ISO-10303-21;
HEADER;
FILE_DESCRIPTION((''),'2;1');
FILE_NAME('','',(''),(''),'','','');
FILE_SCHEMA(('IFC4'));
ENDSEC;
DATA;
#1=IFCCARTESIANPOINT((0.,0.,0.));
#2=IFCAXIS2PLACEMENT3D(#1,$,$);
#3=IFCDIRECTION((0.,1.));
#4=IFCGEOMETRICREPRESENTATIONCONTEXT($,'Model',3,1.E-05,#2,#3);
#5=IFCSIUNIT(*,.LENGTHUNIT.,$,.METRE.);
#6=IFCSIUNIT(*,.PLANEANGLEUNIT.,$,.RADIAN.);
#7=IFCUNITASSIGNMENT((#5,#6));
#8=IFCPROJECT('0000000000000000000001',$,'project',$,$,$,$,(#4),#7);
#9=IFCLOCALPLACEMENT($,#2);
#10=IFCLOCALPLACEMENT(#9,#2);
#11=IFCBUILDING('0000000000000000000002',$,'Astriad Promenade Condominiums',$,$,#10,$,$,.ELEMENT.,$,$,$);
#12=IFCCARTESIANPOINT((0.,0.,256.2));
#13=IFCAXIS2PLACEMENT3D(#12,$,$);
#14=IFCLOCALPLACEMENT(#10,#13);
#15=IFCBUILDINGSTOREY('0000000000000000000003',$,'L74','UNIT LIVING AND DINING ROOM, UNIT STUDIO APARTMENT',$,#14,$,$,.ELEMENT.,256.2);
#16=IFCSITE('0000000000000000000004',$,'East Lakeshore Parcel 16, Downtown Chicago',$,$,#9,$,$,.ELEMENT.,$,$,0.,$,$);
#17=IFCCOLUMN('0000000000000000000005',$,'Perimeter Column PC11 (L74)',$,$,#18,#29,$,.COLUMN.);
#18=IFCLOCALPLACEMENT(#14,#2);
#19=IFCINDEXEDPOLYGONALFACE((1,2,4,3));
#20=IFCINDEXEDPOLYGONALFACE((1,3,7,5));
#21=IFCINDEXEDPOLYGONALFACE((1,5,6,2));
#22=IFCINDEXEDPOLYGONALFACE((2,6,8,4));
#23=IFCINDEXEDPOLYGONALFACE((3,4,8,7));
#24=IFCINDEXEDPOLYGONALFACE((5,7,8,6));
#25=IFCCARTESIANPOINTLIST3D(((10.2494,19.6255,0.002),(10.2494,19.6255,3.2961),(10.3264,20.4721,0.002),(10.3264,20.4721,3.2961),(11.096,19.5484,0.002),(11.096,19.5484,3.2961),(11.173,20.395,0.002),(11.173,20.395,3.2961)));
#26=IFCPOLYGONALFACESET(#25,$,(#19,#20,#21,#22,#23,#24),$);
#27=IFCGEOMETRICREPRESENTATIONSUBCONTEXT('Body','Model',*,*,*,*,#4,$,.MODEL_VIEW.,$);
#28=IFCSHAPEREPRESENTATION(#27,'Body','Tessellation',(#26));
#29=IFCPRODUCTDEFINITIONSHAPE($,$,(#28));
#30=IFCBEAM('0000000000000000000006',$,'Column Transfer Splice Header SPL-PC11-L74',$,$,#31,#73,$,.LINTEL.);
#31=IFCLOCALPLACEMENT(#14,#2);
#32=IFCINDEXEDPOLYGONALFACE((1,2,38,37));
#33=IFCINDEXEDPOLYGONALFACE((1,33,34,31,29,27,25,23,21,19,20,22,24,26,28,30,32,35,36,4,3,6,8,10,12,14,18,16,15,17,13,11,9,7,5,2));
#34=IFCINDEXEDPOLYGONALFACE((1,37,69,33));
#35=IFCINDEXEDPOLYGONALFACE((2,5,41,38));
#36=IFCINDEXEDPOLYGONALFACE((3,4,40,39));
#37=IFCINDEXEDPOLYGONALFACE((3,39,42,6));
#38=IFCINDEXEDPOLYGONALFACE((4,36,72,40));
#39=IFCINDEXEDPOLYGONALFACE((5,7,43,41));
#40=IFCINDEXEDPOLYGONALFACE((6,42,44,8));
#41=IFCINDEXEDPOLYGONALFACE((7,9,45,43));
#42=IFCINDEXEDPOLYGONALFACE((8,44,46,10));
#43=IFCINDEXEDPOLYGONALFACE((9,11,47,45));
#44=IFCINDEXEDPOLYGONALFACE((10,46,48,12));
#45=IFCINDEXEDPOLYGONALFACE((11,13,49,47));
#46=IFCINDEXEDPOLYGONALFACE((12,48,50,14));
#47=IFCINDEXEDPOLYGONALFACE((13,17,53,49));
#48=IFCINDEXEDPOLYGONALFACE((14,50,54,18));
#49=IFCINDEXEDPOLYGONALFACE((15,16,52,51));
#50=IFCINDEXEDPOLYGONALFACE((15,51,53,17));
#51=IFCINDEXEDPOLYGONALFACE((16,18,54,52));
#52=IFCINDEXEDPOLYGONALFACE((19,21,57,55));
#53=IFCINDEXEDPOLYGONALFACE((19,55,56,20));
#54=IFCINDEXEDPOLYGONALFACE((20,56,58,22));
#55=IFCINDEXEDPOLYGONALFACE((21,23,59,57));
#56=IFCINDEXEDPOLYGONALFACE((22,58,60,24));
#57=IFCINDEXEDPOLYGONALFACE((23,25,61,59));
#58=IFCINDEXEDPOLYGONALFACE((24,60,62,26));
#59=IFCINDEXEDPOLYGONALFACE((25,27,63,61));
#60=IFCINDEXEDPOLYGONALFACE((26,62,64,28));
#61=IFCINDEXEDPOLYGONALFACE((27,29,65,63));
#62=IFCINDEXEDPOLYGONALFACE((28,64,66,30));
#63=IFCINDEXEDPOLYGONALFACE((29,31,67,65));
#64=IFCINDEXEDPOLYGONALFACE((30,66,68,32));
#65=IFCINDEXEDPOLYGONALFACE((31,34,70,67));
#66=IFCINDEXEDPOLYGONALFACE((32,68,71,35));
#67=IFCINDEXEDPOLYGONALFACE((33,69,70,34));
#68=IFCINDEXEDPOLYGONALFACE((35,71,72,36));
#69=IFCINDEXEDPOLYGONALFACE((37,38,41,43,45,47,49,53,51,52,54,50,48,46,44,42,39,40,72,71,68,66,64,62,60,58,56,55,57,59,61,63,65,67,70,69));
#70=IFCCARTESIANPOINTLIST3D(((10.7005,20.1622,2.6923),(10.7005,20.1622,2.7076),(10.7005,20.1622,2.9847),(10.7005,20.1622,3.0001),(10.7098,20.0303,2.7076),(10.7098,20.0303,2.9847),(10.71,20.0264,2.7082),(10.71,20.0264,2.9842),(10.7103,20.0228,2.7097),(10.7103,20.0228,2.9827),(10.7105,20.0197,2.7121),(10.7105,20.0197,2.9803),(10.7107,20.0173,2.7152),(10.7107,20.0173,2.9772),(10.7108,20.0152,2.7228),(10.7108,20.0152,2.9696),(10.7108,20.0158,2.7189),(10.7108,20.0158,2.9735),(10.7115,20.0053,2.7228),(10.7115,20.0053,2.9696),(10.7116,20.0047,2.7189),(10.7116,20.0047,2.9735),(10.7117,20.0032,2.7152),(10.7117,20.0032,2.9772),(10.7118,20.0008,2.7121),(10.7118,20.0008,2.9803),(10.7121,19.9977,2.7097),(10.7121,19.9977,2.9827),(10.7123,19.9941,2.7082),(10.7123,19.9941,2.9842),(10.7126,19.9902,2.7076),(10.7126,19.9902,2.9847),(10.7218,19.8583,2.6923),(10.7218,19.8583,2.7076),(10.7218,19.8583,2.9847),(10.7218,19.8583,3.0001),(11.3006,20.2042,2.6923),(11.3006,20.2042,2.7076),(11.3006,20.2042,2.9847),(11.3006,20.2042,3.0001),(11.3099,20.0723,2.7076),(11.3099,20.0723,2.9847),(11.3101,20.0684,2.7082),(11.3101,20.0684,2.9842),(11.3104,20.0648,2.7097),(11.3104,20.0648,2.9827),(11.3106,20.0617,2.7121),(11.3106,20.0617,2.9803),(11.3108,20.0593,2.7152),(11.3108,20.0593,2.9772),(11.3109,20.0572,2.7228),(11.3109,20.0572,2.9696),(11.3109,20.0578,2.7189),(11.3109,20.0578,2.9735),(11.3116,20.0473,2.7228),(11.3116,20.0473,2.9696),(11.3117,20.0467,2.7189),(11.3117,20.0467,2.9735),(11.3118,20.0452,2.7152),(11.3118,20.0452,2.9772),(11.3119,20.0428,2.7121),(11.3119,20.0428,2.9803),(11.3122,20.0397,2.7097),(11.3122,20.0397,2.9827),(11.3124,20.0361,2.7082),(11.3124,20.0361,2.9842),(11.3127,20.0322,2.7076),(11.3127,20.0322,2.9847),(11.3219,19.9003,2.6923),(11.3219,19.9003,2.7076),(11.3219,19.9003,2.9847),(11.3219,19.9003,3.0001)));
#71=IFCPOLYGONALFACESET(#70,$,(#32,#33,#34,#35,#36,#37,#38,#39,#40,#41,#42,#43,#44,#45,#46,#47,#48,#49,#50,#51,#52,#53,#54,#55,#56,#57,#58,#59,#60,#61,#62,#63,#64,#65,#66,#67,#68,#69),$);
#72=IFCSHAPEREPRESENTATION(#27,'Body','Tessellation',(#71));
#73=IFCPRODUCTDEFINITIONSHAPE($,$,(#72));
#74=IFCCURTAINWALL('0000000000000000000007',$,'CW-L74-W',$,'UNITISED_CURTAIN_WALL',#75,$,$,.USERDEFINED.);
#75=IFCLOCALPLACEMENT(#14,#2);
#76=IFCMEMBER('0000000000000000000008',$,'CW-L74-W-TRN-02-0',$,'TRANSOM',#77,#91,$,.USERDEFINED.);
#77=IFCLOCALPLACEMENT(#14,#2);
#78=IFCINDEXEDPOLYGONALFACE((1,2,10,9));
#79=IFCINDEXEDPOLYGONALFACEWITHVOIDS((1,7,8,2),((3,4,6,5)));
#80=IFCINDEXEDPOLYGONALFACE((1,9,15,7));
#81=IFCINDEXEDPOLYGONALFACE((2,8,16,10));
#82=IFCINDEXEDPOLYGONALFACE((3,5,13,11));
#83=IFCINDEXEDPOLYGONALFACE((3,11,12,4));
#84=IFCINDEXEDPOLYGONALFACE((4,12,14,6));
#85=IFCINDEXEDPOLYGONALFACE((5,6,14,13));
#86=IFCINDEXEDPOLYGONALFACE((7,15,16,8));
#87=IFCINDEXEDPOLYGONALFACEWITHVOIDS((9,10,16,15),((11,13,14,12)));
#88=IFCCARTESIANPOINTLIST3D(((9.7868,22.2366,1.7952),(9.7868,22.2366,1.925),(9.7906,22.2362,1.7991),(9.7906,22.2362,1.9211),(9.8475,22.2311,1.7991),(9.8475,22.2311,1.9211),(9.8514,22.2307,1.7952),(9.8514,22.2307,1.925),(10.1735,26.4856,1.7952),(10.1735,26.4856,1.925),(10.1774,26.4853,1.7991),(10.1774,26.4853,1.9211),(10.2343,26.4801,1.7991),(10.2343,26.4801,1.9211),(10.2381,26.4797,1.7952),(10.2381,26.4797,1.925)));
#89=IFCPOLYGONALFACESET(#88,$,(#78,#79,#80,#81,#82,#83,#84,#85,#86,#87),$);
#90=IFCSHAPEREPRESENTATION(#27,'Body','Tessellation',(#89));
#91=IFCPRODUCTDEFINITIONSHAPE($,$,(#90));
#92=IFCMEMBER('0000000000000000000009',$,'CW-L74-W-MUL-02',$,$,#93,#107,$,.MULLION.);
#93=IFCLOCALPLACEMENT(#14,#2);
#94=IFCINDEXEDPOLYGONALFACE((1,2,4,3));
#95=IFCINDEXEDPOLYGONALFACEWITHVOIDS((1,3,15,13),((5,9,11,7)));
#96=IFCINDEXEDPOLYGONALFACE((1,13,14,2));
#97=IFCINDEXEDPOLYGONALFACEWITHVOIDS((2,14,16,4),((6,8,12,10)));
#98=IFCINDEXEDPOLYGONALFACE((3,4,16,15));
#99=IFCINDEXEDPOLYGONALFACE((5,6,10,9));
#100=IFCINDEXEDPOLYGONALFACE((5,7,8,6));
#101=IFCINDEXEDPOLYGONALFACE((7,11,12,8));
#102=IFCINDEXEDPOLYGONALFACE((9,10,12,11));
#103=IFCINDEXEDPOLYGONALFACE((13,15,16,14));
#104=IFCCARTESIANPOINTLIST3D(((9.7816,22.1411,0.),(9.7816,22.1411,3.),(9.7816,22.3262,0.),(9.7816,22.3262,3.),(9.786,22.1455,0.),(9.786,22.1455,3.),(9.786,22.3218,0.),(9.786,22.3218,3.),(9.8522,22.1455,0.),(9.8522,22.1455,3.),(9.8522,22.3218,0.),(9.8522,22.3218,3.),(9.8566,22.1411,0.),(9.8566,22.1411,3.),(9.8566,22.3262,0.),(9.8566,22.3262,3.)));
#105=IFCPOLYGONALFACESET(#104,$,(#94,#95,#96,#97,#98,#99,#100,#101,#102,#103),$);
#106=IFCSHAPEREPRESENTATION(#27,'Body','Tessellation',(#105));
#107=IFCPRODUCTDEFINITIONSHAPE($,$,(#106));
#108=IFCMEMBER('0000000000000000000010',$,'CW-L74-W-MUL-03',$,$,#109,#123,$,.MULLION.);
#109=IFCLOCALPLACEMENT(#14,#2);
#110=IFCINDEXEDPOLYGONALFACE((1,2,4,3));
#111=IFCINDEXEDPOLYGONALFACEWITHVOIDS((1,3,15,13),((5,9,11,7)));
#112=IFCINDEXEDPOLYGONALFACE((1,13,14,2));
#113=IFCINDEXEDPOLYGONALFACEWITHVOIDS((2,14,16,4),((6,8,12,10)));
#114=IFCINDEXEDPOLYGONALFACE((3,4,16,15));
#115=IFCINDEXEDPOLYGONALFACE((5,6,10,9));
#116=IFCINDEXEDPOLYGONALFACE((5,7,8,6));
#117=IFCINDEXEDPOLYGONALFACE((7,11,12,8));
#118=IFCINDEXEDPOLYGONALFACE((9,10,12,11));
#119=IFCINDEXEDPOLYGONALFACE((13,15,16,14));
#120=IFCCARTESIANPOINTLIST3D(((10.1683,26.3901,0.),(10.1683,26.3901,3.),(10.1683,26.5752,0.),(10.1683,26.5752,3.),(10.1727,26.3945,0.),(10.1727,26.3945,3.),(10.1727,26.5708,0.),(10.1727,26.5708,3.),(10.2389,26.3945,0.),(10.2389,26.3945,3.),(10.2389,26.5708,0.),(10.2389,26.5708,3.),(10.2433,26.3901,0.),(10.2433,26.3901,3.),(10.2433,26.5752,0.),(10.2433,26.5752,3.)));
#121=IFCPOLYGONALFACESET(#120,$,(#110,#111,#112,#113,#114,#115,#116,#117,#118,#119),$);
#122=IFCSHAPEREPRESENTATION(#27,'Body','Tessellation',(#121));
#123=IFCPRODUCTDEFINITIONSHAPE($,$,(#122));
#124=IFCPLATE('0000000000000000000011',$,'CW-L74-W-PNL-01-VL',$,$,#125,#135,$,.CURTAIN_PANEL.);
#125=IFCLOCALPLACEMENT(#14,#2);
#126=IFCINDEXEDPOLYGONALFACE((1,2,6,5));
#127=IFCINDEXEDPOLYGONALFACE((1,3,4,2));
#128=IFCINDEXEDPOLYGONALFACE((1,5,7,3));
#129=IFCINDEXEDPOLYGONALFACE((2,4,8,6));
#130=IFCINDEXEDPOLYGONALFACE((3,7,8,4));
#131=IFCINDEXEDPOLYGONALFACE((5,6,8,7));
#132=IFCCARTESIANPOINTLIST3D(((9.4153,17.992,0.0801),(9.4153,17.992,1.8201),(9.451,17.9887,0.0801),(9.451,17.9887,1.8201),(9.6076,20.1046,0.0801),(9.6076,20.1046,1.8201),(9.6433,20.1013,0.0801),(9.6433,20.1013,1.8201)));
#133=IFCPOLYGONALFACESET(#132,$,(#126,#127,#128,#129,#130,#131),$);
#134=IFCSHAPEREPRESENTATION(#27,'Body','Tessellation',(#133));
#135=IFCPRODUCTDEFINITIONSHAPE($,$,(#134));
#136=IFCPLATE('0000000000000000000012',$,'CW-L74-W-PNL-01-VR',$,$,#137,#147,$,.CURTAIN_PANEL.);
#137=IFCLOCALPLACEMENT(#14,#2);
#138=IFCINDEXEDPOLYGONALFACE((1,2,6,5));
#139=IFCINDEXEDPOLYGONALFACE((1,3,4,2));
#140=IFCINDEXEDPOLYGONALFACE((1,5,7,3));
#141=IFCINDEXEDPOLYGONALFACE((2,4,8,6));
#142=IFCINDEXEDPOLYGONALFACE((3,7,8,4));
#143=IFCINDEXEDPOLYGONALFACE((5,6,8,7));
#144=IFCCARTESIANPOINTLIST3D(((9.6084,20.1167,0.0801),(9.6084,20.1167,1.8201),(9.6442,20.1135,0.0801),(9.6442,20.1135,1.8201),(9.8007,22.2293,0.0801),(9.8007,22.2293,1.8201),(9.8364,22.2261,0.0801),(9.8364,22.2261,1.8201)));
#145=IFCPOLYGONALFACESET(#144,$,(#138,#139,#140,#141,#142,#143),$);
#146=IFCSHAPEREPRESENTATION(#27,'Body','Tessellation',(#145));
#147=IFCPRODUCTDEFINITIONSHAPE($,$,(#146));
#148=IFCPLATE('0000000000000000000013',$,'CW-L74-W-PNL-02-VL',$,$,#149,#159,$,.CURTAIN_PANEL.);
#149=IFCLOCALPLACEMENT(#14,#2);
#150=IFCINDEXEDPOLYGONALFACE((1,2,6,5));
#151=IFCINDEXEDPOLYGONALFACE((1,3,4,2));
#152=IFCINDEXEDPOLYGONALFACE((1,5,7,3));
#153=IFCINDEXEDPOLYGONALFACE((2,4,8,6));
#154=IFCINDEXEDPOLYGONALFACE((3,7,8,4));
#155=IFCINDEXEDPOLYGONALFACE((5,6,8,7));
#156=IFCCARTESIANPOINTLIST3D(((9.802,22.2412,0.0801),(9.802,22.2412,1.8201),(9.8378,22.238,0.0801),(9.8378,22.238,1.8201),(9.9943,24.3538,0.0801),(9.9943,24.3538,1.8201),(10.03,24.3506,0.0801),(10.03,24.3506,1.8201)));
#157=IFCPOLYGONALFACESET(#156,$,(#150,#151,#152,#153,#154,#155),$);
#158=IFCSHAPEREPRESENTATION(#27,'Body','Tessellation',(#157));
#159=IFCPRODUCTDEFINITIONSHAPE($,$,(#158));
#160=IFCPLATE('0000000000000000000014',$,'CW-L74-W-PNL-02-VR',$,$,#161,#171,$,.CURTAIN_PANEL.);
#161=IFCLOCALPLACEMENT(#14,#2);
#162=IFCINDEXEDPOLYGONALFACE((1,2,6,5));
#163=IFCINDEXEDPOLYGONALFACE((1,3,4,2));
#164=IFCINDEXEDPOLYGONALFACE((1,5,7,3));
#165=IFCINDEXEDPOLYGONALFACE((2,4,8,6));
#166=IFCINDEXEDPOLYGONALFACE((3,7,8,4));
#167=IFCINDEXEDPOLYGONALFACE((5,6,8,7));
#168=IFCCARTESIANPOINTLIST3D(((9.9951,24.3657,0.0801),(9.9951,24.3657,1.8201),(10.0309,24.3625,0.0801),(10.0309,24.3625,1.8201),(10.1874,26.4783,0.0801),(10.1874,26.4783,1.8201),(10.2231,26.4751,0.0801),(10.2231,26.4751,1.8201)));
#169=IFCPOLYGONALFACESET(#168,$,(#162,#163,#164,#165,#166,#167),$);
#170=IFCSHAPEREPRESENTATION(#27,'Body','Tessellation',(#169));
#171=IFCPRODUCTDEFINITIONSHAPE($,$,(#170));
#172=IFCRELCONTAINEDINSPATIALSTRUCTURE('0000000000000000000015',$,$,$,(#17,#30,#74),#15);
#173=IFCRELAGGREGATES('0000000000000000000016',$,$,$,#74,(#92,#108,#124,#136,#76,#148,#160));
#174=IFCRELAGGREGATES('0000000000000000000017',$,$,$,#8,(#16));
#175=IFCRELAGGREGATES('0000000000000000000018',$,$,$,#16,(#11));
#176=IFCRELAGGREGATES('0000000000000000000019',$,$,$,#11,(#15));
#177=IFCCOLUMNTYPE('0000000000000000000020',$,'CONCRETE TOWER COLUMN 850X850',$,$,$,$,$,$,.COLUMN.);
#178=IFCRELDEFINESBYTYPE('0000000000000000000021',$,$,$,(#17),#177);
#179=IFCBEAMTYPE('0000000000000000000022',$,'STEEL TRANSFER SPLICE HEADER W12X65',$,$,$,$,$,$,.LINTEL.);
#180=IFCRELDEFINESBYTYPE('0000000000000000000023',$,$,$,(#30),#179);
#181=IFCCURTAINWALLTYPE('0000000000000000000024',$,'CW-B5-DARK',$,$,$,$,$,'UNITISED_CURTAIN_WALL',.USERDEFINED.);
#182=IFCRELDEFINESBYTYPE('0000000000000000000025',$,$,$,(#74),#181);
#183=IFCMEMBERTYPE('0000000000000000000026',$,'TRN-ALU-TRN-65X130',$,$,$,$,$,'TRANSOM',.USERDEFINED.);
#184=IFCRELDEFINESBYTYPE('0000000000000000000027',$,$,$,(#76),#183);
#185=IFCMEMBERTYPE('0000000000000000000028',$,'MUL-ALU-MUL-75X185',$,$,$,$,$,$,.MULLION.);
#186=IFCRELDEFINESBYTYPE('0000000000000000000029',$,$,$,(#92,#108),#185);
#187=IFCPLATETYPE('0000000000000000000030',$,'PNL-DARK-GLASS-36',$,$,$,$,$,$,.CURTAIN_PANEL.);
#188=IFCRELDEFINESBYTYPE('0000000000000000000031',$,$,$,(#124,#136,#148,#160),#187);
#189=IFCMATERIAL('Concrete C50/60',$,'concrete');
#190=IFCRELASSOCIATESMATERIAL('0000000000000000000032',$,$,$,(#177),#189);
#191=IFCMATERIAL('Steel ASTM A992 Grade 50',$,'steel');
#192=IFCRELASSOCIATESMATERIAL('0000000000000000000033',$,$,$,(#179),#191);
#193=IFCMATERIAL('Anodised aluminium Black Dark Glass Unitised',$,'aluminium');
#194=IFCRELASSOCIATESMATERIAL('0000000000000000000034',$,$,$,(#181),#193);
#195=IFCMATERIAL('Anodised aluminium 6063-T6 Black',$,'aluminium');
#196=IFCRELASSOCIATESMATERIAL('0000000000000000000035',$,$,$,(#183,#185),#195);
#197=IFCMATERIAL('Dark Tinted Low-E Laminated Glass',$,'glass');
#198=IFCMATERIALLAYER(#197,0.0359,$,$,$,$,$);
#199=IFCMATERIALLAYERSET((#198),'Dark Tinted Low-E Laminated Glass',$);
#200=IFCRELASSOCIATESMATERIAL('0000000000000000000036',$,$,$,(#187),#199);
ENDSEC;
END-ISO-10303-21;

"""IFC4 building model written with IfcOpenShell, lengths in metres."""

from ifc_helpers import new_model, si_unit, direction, frame, origin, origin_2d, place, context, subcontext, project, spatial, rectangle, hollow_rectangle, i_section, extrude, source, transform, mapped, material, layer, layer_set, material_profile, profile_set, type_object, type_shapes, element, aggregate, save


model = new_model("IFC4")

# Units and contexts
model_context = context("Model", 3, precision=1e-05, world=origin(), true_north=direction((0.0, 1.0)))
body_context = subcontext(model_context, "Body", "Model", "MODEL_VIEW")
ifc_project = project(units=[si_unit("LENGTHUNIT", "METRE"), si_unit("PLANEANGLEUNIT", "RADIAN")], contexts=[model_context])

# Site, building, storey
site_placement = place(None, origin())
site = spatial("IfcSite", under=ifc_project, at=site_placement, Name="East Lakeshore Parcel 16, Downtown Chicago", CompositionType="ELEMENT", RefElevation=0.0)
building_placement = place(site_placement, origin())
building = spatial("IfcBuilding", under=site, at=building_placement, Name="Astriad Promenade Condominiums", CompositionType="ELEMENT")
storey_placement = place(building_placement, frame((0.0, 0.0, 256.2)))
storey = spatial("IfcBuildingStorey", under=building, at=storey_placement, Name="L74", Description="UNIT LIVING AND DINING ROOM, UNIT STUDIO APARTMENT", CompositionType="ELEMENT", Elevation=256.2)

# Column
ifc_material_1 = material(Name="Concrete C50/60", Category="concrete")
ifc_material_profile_1 = material_profile(ifc_material_1, rectangle(XDim=0.8501, YDim=0.8501, at=origin_2d()), Name="RC-COL-850X850")
ifc_profile_set_1 = profile_set([ifc_material_profile_1], Name="Concrete C50/60")
column_type = type_object("IfcColumnType", Name="CONCRETE TOWER COLUMN 850X850", PredefinedType="COLUMN", material=ifc_profile_set_1)
shared_shape_1 = source(origin(), body_context, "Body", "SweptSolid", [
    extrude(rectangle(XDim=0.8501, YDim=0.8501, at=origin_2d()), origin(), (0.0, 0.0, 1.0), 3.2942),
])
type_shapes(column_type, [shared_shape_1])
column_placement = place(storey_placement, frame((10.7112, 20.0103, 0.002), z_axis=(0.0, 0.0, 1.0), x_axis=(0.995884, -0.090633, 0.0)))
element("IfcColumn", 1, at=column_placement, inside=storey, type_object=column_type, Name="Perimeter Column PC11 (L74)", PredefinedType="COLUMN", context=body_context, shape_type="MappedRepresentation", body=[
    mapped(shared_shape_1, transform((0.0, 0.0, 0.0), scale=1.0)),
])

# Beam
ifc_material_2 = material(Name="Steel ASTM A992 Grade 50", Category="steel")
ifc_material_profile_2 = material_profile(ifc_material_2, i_section(OverallWidth=0.3047, OverallDepth=0.3079, WebThickness=0.01, FlangeThickness=0.0154, FilletRadius=0.0151, at=origin_2d()), Name="W12X65")
ifc_profile_set_2 = profile_set([ifc_material_profile_2], Name="Steel ASTM A992 Grade 50")
beam_type = type_object("IfcBeamType", Name="STEEL TRANSFER SPLICE HEADER W12X65", PredefinedType="LINTEL", material=ifc_profile_set_2)
shared_shape_2 = source(origin(), body_context, "Body", "SweptSolid", [
    extrude(i_section(OverallWidth=0.3047, OverallDepth=0.3079, WebThickness=0.01, FlangeThickness=0.0154, FilletRadius=0.0151, at=origin_2d()), origin(), (0.0, 0.0, 1.0), 0.6016),
])
type_shapes(beam_type, [shared_shape_2])
beam_placement = place(storey_placement, frame((10.7112, 20.0103, 2.8462), z_axis=(0.997561, 0.069805, 0.0), x_axis=(-0.069805, 0.997561, 0.0)))
element("IfcBeam", 2, at=beam_placement, inside=storey, type_object=beam_type, Name="Column Transfer Splice Header SPL-PC11-L74", PredefinedType="LINTEL", context=body_context, shape_type="MappedRepresentation", body=[
    mapped(shared_shape_2, transform((0.0, 0.0, 0.0), scale=1.0)),
])

# Curtain wall, members, plates
ifc_material_3 = material(Name="Anodised aluminium Black Dark Glass Unitised", Category="aluminium")
curtain_wall_type = type_object("IfcCurtainWallType", Name="CW-B5-DARK", ElementType="UNITISED_CURTAIN_WALL", PredefinedType="USERDEFINED", material=ifc_material_3)
curtain_wall_placement = place(storey_placement, origin())
curtain_wall = element("IfcCurtainWall", 3, at=curtain_wall_placement, inside=storey, type_object=curtain_wall_type, Name="CW-L74-W", ObjectType="UNITISED_CURTAIN_WALL", PredefinedType="USERDEFINED")
ifc_material_4 = material(Name="Anodised aluminium 6063-T6 Black", Category="aluminium")
ifc_material_profile_3 = material_profile(ifc_material_4, hollow_rectangle(XDim=0.0649, YDim=0.1299, WallThickness=0.0039, at=origin_2d()), Name="ALU-TRN-65X130")
ifc_profile_set_3 = profile_set([ifc_material_profile_3], Name="Anodised aluminium 6063-T6 Black")
member_type_1 = type_object("IfcMemberType", Name="TRN-ALU-TRN-65X130", ElementType="TRANSOM", PredefinedType="USERDEFINED", material=ifc_profile_set_3)
shared_shape_3 = source(origin(), body_context, "Body", "SweptSolid", [
    extrude(hollow_rectangle(XDim=0.0649, YDim=0.1299, WallThickness=0.0039, at=origin_2d()), origin(), (0.0, 0.0, 1.0), 4.2666),
])
type_shapes(member_type_1, [shared_shape_3])
member_1_placement = place(storey_placement, frame((9.8191, 22.2336, 1.8601), z_axis=(0.090639, 0.995884, 0.0), x_axis=(-0.995884, 0.090639, 0.0)))
member_1 = element("IfcMember", 4, at=member_1_placement, type_object=member_type_1, Name="CW-L74-W-TRN-02-0", ObjectType="TRANSOM", PredefinedType="USERDEFINED", context=body_context, shape_type="MappedRepresentation", body=[
    mapped(shared_shape_3, transform((0.0, 0.0, 0.0), scale=1.0)),
])
ifc_material_profile_4 = material_profile(ifc_material_4, hollow_rectangle(XDim=0.075, YDim=0.1851, WallThickness=0.0044, at=origin_2d()), Name="ALU-MUL-75X185")
ifc_profile_set_4 = profile_set([ifc_material_profile_4], Name="Anodised aluminium 6063-T6 Black")
member_type_2 = type_object("IfcMemberType", Name="MUL-ALU-MUL-75X185", PredefinedType="MULLION", material=ifc_profile_set_4)
shared_shape_4 = source(origin(), body_context, "Body", "SweptSolid", [
    extrude(hollow_rectangle(XDim=0.075, YDim=0.1851, WallThickness=0.0044, at=origin_2d()), origin(), (0.0, 0.0, 1.0), 3.0),
])
type_shapes(member_type_2, [shared_shape_4])
member_2_placement = place(storey_placement, frame((9.8191, 22.2336, 0.0), z_axis=(0.0, 0.0, 1.0), x_axis=(1.0, 0.0, 0.0)))
member_2 = element("IfcMember", 5, at=member_2_placement, type_object=member_type_2, Name="CW-L74-W-MUL-02", PredefinedType="MULLION", context=body_context, shape_type="MappedRepresentation", body=[
    mapped(shared_shape_4, transform((0.0, 0.0, 0.0), scale=1.0)),
])
member_3_placement = place(storey_placement, frame((10.2058, 26.4827, 0.0), z_axis=(0.0, 0.0, 1.0), x_axis=(1.0, 0.0, 0.0)))
member_3 = element("IfcMember", 6, at=member_3_placement, type_object=member_type_2, Name="CW-L74-W-MUL-03", PredefinedType="MULLION", context=body_context, shape_type="MappedRepresentation", body=[
    mapped(shared_shape_4, transform((0.0, 0.0, 0.0), scale=1.0)),
])
ifc_material_5 = material(Name="Dark Tinted Low-E Laminated Glass", Category="glass")
ifc_layer_1 = layer(ifc_material_5, 0.0359)
ifc_layer_set_1 = layer_set([ifc_layer_1], Name="Dark Tinted Low-E Laminated Glass")
plate_type = type_object("IfcPlateType", Name="PNL-DARK-GLASS-36", PredefinedType="CURTAIN_PANEL", material=ifc_layer_set_1)
shared_shape_5 = source(origin(), body_context, "Body", "SweptSolid", [
    extrude(rectangle(XDim=2.1213, YDim=0.0359, at=origin_2d()), origin(), (0.0, 0.0, 1.0), 1.74),
])
plate_1_placement = place(storey_placement, frame((9.5293, 19.0466, 0.0801), z_axis=(0.0, 0.0, 1.0), x_axis=(0.090633, 0.995884, 0.0)))
plate_1 = element("IfcPlate", 7, at=plate_1_placement, type_object=plate_type, Name="CW-L74-W-PNL-01-VL", PredefinedType="CURTAIN_PANEL", context=body_context, shape_type="MappedRepresentation", body=[
    mapped(shared_shape_5, transform((0.0, 0.0, 0.0), scale=1.0)),
])
plate_2_placement = place(storey_placement, frame((9.7224, 21.1714, 0.0801), z_axis=(0.0, 0.0, 1.0), x_axis=(0.090633, 0.995884, 0.0)))
plate_2 = element("IfcPlate", 8, at=plate_2_placement, type_object=plate_type, Name="CW-L74-W-PNL-01-VR", PredefinedType="CURTAIN_PANEL", context=body_context, shape_type="MappedRepresentation", body=[
    mapped(shared_shape_5, transform((0.0, 0.0, 0.0), scale=1.0)),
])
plate_3_placement = place(storey_placement, frame((9.916, 23.2959, 0.0801), z_axis=(0.0, 0.0, 1.0), x_axis=(0.090633, 0.995884, 0.0)))
plate_3 = element("IfcPlate", 9, at=plate_3_placement, type_object=plate_type, Name="CW-L74-W-PNL-02-VL", PredefinedType="CURTAIN_PANEL", context=body_context, shape_type="MappedRepresentation", body=[
    mapped(shared_shape_5, transform((0.0, 0.0, 0.0), scale=1.0)),
])
plate_4_placement = place(storey_placement, frame((10.1091, 25.4204, 0.0801), z_axis=(0.0, 0.0, 1.0), x_axis=(0.090633, 0.995884, 0.0)))
plate_4 = element("IfcPlate", 10, at=plate_4_placement, type_object=plate_type, Name="CW-L74-W-PNL-02-VR", PredefinedType="CURTAIN_PANEL", context=body_context, shape_type="MappedRepresentation", body=[
    mapped(shared_shape_5, transform((0.0, 0.0, 0.0), scale=1.0)),
])
aggregate(curtain_wall, [member_2, member_3, plate_1, plate_2, member_1, plate_3, plate_4])

save(model, "model.ifc")
